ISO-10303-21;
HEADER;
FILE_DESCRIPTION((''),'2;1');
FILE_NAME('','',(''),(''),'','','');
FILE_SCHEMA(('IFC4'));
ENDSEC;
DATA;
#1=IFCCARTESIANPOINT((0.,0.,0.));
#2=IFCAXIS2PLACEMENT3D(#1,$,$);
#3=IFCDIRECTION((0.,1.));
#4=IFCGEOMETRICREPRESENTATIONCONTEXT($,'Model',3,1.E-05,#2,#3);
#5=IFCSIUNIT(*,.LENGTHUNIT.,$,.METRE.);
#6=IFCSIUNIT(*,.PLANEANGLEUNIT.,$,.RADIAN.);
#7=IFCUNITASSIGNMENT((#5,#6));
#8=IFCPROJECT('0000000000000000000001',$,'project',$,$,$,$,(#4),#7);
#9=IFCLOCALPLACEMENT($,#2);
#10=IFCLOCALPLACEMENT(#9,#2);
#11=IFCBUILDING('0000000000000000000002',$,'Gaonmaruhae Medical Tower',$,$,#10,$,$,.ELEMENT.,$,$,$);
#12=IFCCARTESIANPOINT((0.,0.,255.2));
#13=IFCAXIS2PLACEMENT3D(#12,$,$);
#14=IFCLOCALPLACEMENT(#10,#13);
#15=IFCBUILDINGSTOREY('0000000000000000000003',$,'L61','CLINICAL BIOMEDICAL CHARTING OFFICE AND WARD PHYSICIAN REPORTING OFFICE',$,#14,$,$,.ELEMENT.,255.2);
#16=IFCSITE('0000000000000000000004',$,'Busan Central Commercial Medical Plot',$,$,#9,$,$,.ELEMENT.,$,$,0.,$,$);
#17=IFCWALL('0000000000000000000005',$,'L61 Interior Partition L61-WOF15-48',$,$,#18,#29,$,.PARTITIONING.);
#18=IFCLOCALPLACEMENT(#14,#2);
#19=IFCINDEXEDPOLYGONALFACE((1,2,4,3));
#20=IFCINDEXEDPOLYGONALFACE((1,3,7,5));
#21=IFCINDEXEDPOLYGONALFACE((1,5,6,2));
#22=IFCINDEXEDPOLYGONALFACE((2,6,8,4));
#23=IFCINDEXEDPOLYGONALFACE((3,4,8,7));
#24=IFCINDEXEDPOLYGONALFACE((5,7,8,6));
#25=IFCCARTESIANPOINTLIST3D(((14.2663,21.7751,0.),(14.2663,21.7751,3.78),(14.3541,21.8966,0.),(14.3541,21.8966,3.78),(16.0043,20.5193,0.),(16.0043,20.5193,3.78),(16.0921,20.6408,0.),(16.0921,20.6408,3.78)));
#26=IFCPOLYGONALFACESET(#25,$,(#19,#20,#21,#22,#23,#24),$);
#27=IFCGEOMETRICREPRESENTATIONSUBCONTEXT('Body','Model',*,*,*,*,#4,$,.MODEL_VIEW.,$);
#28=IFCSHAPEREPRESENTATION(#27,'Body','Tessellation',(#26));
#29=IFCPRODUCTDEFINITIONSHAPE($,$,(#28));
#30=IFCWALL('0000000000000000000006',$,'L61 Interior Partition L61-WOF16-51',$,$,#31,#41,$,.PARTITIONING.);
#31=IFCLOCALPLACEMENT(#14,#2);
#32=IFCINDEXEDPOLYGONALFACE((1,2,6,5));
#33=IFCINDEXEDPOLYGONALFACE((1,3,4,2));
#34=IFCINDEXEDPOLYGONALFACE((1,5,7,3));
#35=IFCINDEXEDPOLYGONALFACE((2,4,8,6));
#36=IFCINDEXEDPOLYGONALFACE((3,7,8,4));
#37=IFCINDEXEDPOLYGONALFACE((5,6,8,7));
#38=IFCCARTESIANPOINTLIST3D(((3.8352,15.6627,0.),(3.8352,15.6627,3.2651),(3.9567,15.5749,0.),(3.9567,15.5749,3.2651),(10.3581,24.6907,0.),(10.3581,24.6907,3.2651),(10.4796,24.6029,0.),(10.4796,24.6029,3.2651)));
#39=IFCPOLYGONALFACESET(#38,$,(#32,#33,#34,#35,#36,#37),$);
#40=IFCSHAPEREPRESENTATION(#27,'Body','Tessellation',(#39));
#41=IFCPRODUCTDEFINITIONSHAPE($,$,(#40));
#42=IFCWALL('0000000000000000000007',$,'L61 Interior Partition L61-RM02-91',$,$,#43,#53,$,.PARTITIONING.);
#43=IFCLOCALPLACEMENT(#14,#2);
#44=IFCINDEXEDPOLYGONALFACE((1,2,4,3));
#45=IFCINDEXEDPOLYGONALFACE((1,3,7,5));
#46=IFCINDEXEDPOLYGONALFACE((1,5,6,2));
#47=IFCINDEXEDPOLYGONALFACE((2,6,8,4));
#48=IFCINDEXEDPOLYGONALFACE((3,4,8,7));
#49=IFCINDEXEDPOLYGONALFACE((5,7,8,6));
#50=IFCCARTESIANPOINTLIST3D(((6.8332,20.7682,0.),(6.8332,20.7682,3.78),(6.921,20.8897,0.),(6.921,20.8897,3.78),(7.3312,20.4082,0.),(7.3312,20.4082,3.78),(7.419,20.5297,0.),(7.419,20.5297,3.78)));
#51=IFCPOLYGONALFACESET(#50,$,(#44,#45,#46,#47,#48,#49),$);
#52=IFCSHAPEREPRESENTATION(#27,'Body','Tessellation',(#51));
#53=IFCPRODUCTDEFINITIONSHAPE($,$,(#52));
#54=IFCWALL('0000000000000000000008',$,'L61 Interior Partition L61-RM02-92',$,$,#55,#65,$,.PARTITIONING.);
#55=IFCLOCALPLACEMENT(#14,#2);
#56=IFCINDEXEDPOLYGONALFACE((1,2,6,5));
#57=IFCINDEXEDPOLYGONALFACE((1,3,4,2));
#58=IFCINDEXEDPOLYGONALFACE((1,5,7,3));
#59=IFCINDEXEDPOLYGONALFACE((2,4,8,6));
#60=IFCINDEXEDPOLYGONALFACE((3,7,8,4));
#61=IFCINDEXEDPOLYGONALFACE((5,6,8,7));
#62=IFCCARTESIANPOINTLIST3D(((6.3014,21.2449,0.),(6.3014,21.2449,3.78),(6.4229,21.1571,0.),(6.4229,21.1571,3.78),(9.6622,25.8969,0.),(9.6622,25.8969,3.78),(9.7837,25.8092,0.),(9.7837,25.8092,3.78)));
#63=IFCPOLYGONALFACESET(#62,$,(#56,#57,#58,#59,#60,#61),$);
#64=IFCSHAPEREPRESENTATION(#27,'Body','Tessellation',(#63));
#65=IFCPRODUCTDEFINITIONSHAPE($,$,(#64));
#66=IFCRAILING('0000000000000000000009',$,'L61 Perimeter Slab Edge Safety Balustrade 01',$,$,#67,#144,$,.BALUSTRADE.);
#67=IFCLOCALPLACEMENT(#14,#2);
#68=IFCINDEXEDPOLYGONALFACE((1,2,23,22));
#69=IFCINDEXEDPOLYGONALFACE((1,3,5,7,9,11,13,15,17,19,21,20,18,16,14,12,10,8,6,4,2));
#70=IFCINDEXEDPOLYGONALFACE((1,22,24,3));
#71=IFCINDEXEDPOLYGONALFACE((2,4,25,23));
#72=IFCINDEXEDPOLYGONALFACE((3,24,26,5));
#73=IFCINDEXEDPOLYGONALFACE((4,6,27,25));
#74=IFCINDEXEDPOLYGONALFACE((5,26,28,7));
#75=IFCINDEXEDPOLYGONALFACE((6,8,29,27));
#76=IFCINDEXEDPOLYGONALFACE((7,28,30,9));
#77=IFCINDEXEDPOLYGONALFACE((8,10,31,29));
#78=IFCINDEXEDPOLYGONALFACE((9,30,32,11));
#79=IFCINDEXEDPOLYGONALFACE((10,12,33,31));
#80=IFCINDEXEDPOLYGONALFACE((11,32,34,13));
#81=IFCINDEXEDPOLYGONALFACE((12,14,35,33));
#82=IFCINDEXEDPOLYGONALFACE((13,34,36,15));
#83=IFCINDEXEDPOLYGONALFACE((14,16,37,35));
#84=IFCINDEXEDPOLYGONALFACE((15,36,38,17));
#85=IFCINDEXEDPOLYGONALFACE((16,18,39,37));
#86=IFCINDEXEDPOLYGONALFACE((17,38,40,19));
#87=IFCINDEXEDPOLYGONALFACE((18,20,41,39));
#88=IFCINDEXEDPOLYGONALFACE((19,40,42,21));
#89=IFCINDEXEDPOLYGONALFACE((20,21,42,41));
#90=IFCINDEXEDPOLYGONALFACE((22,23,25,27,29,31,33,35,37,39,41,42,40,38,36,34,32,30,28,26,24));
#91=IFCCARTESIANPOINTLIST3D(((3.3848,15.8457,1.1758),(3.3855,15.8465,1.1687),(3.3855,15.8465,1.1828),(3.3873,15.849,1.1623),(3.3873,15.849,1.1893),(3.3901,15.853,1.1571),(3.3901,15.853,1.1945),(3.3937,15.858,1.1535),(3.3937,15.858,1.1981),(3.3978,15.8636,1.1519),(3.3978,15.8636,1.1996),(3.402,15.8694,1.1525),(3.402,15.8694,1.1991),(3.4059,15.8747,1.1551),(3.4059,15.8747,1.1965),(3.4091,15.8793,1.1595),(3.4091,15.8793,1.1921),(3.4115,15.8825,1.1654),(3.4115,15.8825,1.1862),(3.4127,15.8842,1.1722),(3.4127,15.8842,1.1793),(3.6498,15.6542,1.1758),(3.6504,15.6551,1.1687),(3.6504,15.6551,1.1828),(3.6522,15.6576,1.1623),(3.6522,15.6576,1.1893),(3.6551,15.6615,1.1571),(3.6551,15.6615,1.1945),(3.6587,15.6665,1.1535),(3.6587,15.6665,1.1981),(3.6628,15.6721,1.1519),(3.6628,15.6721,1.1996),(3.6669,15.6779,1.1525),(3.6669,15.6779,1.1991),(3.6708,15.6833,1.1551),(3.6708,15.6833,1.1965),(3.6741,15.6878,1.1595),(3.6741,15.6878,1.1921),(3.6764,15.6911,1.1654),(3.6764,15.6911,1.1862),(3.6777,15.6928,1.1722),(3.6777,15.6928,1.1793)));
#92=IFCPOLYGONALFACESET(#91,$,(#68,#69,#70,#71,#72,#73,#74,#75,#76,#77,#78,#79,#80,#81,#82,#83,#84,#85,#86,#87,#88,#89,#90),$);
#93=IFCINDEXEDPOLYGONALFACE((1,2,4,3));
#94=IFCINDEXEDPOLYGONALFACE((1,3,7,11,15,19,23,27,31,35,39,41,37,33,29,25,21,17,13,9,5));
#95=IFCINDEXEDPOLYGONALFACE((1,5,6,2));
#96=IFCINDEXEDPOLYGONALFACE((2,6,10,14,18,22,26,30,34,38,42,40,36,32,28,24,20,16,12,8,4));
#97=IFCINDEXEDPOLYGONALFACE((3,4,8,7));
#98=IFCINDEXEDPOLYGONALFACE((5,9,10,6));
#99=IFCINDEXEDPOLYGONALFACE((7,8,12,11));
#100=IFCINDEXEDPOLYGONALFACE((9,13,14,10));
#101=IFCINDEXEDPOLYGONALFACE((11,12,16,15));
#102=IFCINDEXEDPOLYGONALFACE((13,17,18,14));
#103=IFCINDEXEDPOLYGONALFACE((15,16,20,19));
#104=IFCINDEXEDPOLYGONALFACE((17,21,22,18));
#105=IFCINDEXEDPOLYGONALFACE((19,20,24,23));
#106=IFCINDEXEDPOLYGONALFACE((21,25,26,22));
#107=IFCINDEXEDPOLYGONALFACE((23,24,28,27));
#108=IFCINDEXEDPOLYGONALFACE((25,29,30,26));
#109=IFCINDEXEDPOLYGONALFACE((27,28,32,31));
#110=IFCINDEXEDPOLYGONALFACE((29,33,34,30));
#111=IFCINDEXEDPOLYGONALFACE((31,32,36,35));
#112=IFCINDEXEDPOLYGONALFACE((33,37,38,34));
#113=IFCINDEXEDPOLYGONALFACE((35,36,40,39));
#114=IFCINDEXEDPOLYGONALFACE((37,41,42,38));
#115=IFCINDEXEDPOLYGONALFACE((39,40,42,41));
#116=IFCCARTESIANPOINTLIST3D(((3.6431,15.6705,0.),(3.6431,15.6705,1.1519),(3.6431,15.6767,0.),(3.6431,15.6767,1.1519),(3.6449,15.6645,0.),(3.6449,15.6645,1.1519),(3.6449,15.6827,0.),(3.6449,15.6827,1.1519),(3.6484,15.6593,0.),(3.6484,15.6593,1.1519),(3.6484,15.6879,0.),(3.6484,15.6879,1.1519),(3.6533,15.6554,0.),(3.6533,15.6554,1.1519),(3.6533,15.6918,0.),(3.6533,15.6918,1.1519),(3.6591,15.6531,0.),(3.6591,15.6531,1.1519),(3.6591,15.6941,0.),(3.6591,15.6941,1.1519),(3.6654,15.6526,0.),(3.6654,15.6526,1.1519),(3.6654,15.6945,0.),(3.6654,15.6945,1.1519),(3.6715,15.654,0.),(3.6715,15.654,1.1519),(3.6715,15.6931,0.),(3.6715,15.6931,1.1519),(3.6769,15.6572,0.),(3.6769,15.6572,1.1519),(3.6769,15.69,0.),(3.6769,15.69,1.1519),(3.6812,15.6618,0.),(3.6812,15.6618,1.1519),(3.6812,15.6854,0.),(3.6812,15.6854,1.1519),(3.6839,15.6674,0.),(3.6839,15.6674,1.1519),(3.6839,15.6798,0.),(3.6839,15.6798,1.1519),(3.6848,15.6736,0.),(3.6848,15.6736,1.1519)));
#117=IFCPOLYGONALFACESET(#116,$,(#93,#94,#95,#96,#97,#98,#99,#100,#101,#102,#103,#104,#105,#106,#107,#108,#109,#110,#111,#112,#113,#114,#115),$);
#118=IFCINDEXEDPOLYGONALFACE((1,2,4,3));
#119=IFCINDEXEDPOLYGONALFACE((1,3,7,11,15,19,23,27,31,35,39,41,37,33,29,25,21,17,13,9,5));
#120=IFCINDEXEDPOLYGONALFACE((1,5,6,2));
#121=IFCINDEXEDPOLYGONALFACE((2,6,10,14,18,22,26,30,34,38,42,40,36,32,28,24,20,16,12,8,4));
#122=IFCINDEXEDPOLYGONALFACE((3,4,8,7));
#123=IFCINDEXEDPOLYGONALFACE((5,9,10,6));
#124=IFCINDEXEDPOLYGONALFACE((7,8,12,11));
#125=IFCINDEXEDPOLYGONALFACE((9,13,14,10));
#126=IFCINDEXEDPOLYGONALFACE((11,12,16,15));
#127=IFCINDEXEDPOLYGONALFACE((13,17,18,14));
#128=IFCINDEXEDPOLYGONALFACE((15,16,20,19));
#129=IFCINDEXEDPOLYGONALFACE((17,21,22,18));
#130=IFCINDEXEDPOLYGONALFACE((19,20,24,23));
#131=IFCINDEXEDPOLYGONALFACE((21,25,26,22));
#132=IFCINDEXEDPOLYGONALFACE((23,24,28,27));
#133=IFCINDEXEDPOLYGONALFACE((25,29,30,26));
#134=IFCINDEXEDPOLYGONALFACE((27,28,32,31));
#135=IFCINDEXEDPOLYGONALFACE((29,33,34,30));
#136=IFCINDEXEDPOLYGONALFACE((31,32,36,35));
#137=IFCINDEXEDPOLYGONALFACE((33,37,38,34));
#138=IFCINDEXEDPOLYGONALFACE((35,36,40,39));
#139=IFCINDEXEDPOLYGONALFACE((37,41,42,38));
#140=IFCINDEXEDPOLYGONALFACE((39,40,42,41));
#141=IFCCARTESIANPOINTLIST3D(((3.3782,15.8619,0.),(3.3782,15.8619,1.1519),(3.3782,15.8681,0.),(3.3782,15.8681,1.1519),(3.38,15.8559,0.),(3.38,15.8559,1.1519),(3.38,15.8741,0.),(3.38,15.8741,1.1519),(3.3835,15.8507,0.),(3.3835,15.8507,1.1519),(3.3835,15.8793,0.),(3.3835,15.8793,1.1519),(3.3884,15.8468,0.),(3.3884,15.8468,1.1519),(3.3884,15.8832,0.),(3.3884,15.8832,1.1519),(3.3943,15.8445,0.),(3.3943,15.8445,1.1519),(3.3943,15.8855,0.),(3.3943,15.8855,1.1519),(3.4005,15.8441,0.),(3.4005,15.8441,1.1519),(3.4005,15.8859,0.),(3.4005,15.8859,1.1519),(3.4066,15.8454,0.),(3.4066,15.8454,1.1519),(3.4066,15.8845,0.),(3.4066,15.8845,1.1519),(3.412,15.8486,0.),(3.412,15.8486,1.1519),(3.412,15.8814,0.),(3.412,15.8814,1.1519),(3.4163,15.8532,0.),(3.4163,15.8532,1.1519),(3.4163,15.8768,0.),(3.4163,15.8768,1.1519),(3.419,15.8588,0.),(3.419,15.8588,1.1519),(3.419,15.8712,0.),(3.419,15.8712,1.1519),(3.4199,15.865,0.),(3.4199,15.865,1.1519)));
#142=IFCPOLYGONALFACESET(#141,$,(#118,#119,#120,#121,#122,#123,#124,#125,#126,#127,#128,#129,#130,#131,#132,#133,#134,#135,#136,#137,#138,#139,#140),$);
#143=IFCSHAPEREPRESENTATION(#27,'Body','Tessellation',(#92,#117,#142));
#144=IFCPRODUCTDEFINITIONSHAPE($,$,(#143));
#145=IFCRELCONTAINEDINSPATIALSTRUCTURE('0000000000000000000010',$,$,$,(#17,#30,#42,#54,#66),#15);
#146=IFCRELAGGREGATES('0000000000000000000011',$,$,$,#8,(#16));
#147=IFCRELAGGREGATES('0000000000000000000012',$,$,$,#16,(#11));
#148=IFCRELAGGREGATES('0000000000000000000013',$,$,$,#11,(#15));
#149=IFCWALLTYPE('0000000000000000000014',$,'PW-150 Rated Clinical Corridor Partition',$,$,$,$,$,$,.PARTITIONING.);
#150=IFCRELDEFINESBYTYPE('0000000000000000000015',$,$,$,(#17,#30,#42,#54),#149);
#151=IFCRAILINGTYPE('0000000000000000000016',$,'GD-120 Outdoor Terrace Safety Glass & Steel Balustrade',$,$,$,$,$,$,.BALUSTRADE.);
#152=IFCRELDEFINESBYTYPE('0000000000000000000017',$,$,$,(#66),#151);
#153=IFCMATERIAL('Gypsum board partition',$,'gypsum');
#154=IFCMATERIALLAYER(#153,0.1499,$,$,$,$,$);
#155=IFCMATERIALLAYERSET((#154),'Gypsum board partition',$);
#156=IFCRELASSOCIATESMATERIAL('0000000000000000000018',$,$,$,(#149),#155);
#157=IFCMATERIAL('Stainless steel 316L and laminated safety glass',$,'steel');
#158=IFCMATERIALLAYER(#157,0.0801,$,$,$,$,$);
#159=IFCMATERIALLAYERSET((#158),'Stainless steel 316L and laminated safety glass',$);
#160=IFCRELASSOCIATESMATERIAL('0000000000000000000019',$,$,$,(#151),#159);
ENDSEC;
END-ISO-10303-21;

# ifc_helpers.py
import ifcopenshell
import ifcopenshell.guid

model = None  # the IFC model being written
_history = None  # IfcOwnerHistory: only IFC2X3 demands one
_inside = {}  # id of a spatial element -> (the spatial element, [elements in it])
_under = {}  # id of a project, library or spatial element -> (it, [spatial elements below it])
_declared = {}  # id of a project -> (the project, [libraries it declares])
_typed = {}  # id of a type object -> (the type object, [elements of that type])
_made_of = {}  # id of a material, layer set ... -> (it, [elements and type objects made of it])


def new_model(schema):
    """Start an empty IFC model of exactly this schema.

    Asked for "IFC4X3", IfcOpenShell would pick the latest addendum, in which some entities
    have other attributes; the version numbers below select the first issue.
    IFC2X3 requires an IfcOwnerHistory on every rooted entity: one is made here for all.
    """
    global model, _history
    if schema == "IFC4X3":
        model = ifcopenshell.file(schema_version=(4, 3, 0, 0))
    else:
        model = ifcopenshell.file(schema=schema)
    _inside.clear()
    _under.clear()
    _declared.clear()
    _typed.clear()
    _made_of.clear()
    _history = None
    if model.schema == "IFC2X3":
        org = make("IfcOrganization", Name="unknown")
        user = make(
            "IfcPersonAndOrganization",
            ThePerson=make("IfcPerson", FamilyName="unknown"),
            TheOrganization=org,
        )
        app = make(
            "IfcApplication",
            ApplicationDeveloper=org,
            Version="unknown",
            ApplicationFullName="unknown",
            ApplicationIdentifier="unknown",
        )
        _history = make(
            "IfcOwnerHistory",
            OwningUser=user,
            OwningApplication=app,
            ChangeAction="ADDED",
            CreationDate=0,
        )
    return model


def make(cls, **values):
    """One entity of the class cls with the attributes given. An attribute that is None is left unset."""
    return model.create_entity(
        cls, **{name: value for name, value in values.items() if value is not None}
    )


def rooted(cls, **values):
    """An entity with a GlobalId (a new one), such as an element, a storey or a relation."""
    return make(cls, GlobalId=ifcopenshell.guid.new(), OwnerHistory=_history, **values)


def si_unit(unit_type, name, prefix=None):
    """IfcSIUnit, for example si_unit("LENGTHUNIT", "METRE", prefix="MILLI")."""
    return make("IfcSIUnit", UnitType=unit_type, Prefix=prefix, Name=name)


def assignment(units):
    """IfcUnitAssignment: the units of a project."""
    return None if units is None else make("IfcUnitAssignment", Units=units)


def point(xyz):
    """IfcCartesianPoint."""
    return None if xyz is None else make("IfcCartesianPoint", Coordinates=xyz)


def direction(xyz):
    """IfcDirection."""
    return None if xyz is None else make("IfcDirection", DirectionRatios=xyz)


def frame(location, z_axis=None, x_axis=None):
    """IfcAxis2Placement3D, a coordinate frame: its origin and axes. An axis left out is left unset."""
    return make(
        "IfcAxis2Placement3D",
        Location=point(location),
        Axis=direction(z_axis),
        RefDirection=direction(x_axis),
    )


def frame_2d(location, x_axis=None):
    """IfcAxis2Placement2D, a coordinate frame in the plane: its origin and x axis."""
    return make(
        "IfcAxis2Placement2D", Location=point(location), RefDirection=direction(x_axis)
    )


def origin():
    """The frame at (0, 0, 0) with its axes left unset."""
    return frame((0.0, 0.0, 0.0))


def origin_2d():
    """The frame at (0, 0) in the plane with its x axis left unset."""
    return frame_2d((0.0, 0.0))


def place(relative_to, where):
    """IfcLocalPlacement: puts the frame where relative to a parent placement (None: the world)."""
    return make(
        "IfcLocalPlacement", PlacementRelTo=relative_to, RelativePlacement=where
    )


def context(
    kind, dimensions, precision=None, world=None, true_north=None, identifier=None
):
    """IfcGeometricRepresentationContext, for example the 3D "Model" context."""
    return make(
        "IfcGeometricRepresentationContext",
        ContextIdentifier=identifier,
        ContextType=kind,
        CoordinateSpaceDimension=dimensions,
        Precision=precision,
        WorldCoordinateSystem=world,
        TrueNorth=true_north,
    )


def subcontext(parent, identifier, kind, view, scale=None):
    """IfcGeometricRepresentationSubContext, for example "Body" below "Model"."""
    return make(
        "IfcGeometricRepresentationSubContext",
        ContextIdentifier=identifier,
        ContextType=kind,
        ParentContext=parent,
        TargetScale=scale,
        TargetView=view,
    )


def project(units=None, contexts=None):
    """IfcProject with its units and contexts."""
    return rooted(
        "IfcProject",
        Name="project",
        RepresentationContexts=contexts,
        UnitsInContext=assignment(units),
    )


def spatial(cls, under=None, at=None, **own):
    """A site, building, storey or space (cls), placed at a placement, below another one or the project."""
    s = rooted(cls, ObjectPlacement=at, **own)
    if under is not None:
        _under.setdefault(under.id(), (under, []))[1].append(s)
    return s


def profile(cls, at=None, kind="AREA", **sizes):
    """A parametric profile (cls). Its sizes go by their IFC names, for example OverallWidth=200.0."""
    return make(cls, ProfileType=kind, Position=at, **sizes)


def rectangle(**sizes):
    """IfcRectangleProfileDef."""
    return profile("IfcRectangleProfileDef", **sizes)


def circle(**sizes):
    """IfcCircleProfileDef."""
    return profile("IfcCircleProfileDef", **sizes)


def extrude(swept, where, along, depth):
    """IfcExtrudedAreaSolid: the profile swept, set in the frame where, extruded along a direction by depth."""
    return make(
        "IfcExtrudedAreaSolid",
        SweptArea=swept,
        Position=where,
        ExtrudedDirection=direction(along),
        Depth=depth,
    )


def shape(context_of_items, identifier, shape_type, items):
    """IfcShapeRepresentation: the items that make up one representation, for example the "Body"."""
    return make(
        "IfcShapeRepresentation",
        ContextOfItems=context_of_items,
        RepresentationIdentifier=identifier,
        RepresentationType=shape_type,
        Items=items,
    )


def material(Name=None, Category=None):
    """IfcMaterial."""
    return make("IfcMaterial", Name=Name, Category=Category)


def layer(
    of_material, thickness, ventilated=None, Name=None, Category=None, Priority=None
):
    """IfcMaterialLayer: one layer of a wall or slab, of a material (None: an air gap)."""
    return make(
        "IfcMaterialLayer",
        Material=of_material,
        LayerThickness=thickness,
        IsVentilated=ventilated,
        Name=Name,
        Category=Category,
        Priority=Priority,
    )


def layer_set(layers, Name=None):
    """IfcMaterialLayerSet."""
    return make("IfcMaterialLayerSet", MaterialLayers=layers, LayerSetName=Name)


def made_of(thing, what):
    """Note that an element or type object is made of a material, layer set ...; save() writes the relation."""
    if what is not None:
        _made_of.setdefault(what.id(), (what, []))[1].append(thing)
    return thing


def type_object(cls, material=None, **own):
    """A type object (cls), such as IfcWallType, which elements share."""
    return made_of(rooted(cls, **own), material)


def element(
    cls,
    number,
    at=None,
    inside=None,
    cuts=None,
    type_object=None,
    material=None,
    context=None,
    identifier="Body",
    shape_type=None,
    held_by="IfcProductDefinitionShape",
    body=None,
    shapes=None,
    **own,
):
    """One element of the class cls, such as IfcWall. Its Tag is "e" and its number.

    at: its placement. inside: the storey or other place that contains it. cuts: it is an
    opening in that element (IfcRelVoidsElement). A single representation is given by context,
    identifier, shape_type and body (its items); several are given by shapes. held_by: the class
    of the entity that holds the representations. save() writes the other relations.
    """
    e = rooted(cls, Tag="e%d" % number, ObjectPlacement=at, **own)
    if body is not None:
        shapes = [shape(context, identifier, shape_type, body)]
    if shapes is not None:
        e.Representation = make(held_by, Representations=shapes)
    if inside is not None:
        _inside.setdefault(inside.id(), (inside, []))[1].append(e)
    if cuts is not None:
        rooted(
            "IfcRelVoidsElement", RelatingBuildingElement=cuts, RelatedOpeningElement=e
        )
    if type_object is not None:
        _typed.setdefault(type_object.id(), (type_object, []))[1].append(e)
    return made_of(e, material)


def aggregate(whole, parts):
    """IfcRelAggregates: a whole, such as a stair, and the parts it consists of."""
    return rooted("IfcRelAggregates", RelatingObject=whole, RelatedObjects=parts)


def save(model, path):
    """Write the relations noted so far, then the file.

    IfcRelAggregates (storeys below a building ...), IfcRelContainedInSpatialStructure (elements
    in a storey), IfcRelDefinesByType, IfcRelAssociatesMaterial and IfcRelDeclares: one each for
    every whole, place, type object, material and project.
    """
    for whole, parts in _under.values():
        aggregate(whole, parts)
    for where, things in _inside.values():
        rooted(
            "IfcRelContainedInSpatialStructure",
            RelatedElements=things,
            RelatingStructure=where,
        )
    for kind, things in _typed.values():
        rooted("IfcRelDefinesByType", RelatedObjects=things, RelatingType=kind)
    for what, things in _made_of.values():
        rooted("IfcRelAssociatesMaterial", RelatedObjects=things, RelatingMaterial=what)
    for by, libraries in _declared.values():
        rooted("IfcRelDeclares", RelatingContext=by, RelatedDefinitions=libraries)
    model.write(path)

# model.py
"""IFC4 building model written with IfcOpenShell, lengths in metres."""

from ifc_helpers import new_model, si_unit, direction, frame, frame_2d, origin, origin_2d, place, context, subcontext, project, spatial, rectangle, circle, extrude, material, layer, layer_set, type_object, element, save


model = new_model("IFC4")

# Units and contexts
model_context = context("Model", 3, precision=1e-05, world=origin(), true_north=direction((0.0, 1.0)))
body_context = subcontext(model_context, "Body", "Model", "MODEL_VIEW")
ifc_project = project(units=[si_unit("LENGTHUNIT", "METRE"), si_unit("PLANEANGLEUNIT", "RADIAN")], contexts=[model_context])

# Site, building, storey
site_placement = place(None, origin())
site = spatial("IfcSite", under=ifc_project, at=site_placement, Name="Busan Central Commercial Medical Plot", CompositionType="ELEMENT", RefElevation=0.0)
building_placement = place(site_placement, origin())
building = spatial("IfcBuilding", under=site, at=building_placement, Name="Gaonmaruhae Medical Tower", CompositionType="ELEMENT")
storey_placement = place(building_placement, frame((0.0, 0.0, 255.2)))
storey = spatial("IfcBuildingStorey", under=building, at=storey_placement, Name="L61", Description="CLINICAL BIOMEDICAL CHARTING OFFICE AND WARD PHYSICIAN REPORTING OFFICE", CompositionType="ELEMENT", Elevation=255.2)

# Walls
ifc_material_1 = material(Name="Gypsum board partition", Category="gypsum")
ifc_layer_1 = layer(ifc_material_1, 0.1499)
ifc_layer_set_1 = layer_set([ifc_layer_1], Name="Gypsum board partition")
wall_type_1 = type_object("IfcWallType", Name="PW-150 Rated Clinical Corridor Partition", PredefinedType="PARTITIONING", material=ifc_layer_set_1)
wall_1_placement = place(storey_placement, frame((14.3101, 21.8359, 0.0), z_axis=(0.0, 0.0, 1.0), x_axis=(0.810544, -0.585678, 0.0)))
element("IfcWall", 1, at=wall_1_placement, inside=storey, type_object=wall_type_1, Name="L61 Interior Partition L61-WOF15-48", PredefinedType="PARTITIONING", context=body_context, shape_type="SweptSolid", body=[
    extrude(rectangle(XDim=2.1443, YDim=0.1499, at=frame_2d((1.0723, 0.0))), origin(), (0.0, 0.0, 1.0), 3.78),
])
wall_2_placement = place(storey_placement, frame((3.896, 15.6189, 0.0), z_axis=(0.0, 0.0, 1.0), x_axis=(0.585648, 0.810565, 0.0)))
element("IfcWall", 2, at=wall_2_placement, inside=storey, type_object=wall_type_1, Name="L61 Interior Partition L61-WOF16-51", PredefinedType="PARTITIONING", context=body_context, shape_type="SweptSolid", body=[
    extrude(rectangle(XDim=11.1379, YDim=0.1499, at=frame_2d((5.5688, 0.0))), origin(), (0.0, 0.0, 1.0), 3.2651),
])
wall_3_placement = place(storey_placement, frame((7.375, 20.469, 0.0), z_axis=(0.0, 0.0, 1.0), x_axis=(-0.810365, 0.585926, 0.0)))
element("IfcWall", 3, at=wall_3_placement, inside=storey, type_object=wall_type_1, Name="L61 Interior Partition L61-RM02-91", PredefinedType="PARTITIONING", context=body_context, shape_type="SweptSolid", body=[
    extrude(rectangle(XDim=0.6145, YDim=0.1499, at=frame_2d((0.3071, 0.0))), origin(), (0.0, 0.0, 1.0), 3.78),
])
wall_4_placement = place(storey_placement, frame((6.3621, 21.2009, 0.0), z_axis=(0.0, 0.0, 1.0), x_axis=(0.585604, 0.810597, 0.0)))
element("IfcWall", 4, at=wall_4_placement, inside=storey, type_object=wall_type_1, Name="L61 Interior Partition L61-RM02-92", PredefinedType="PARTITIONING", context=body_context, shape_type="SweptSolid", body=[
    extrude(rectangle(XDim=5.739, YDim=0.1499, at=frame_2d((2.8696, 0.0))), origin(), (0.0, 0.0, 1.0), 3.78),
])

# Railing
ifc_material_2 = material(Name="Stainless steel 316L and laminated safety glass", Category="steel")
ifc_layer_2 = layer(ifc_material_2, 0.0801)
ifc_layer_set_2 = layer_set([ifc_layer_2], Name="Stainless steel 316L and laminated safety glass")
railing_type = type_object("IfcRailingType", Name="GD-120 Outdoor Terrace Safety Glass & Steel Balustrade", PredefinedType="BALUSTRADE", material=ifc_layer_set_2)
railing_1_placement = place(storey_placement, frame((3.6638, 15.6736, 0.0)))
element("IfcRailing", 5, at=railing_1_placement, inside=storey, type_object=railing_type, Name="L61 Perimeter Slab Edge Safety Balustrade 01", PredefinedType="BALUSTRADE", context=body_context, shape_type="SweptSolid", body=[
    extrude(circle(Radius=0.0239, at=origin_2d()), frame((0.0, 0.0, 1.1758), z_axis=(-0.810541, 0.585681, 0.0), x_axis=(-0.585681, -0.810541, 0.0)), (0.0, 0.0, 1.0), 0.3269),
    extrude(circle(Radius=0.021, at=origin_2d()), origin(), (0.0, 0.0, 1.0), 1.1519),
    extrude(circle(Radius=0.021, at=origin_2d()), frame((-0.2649, 0.1914, 0.0)), (0.0, 0.0, 1.0), 1.1519),
])

save(model, "model.ifc")
